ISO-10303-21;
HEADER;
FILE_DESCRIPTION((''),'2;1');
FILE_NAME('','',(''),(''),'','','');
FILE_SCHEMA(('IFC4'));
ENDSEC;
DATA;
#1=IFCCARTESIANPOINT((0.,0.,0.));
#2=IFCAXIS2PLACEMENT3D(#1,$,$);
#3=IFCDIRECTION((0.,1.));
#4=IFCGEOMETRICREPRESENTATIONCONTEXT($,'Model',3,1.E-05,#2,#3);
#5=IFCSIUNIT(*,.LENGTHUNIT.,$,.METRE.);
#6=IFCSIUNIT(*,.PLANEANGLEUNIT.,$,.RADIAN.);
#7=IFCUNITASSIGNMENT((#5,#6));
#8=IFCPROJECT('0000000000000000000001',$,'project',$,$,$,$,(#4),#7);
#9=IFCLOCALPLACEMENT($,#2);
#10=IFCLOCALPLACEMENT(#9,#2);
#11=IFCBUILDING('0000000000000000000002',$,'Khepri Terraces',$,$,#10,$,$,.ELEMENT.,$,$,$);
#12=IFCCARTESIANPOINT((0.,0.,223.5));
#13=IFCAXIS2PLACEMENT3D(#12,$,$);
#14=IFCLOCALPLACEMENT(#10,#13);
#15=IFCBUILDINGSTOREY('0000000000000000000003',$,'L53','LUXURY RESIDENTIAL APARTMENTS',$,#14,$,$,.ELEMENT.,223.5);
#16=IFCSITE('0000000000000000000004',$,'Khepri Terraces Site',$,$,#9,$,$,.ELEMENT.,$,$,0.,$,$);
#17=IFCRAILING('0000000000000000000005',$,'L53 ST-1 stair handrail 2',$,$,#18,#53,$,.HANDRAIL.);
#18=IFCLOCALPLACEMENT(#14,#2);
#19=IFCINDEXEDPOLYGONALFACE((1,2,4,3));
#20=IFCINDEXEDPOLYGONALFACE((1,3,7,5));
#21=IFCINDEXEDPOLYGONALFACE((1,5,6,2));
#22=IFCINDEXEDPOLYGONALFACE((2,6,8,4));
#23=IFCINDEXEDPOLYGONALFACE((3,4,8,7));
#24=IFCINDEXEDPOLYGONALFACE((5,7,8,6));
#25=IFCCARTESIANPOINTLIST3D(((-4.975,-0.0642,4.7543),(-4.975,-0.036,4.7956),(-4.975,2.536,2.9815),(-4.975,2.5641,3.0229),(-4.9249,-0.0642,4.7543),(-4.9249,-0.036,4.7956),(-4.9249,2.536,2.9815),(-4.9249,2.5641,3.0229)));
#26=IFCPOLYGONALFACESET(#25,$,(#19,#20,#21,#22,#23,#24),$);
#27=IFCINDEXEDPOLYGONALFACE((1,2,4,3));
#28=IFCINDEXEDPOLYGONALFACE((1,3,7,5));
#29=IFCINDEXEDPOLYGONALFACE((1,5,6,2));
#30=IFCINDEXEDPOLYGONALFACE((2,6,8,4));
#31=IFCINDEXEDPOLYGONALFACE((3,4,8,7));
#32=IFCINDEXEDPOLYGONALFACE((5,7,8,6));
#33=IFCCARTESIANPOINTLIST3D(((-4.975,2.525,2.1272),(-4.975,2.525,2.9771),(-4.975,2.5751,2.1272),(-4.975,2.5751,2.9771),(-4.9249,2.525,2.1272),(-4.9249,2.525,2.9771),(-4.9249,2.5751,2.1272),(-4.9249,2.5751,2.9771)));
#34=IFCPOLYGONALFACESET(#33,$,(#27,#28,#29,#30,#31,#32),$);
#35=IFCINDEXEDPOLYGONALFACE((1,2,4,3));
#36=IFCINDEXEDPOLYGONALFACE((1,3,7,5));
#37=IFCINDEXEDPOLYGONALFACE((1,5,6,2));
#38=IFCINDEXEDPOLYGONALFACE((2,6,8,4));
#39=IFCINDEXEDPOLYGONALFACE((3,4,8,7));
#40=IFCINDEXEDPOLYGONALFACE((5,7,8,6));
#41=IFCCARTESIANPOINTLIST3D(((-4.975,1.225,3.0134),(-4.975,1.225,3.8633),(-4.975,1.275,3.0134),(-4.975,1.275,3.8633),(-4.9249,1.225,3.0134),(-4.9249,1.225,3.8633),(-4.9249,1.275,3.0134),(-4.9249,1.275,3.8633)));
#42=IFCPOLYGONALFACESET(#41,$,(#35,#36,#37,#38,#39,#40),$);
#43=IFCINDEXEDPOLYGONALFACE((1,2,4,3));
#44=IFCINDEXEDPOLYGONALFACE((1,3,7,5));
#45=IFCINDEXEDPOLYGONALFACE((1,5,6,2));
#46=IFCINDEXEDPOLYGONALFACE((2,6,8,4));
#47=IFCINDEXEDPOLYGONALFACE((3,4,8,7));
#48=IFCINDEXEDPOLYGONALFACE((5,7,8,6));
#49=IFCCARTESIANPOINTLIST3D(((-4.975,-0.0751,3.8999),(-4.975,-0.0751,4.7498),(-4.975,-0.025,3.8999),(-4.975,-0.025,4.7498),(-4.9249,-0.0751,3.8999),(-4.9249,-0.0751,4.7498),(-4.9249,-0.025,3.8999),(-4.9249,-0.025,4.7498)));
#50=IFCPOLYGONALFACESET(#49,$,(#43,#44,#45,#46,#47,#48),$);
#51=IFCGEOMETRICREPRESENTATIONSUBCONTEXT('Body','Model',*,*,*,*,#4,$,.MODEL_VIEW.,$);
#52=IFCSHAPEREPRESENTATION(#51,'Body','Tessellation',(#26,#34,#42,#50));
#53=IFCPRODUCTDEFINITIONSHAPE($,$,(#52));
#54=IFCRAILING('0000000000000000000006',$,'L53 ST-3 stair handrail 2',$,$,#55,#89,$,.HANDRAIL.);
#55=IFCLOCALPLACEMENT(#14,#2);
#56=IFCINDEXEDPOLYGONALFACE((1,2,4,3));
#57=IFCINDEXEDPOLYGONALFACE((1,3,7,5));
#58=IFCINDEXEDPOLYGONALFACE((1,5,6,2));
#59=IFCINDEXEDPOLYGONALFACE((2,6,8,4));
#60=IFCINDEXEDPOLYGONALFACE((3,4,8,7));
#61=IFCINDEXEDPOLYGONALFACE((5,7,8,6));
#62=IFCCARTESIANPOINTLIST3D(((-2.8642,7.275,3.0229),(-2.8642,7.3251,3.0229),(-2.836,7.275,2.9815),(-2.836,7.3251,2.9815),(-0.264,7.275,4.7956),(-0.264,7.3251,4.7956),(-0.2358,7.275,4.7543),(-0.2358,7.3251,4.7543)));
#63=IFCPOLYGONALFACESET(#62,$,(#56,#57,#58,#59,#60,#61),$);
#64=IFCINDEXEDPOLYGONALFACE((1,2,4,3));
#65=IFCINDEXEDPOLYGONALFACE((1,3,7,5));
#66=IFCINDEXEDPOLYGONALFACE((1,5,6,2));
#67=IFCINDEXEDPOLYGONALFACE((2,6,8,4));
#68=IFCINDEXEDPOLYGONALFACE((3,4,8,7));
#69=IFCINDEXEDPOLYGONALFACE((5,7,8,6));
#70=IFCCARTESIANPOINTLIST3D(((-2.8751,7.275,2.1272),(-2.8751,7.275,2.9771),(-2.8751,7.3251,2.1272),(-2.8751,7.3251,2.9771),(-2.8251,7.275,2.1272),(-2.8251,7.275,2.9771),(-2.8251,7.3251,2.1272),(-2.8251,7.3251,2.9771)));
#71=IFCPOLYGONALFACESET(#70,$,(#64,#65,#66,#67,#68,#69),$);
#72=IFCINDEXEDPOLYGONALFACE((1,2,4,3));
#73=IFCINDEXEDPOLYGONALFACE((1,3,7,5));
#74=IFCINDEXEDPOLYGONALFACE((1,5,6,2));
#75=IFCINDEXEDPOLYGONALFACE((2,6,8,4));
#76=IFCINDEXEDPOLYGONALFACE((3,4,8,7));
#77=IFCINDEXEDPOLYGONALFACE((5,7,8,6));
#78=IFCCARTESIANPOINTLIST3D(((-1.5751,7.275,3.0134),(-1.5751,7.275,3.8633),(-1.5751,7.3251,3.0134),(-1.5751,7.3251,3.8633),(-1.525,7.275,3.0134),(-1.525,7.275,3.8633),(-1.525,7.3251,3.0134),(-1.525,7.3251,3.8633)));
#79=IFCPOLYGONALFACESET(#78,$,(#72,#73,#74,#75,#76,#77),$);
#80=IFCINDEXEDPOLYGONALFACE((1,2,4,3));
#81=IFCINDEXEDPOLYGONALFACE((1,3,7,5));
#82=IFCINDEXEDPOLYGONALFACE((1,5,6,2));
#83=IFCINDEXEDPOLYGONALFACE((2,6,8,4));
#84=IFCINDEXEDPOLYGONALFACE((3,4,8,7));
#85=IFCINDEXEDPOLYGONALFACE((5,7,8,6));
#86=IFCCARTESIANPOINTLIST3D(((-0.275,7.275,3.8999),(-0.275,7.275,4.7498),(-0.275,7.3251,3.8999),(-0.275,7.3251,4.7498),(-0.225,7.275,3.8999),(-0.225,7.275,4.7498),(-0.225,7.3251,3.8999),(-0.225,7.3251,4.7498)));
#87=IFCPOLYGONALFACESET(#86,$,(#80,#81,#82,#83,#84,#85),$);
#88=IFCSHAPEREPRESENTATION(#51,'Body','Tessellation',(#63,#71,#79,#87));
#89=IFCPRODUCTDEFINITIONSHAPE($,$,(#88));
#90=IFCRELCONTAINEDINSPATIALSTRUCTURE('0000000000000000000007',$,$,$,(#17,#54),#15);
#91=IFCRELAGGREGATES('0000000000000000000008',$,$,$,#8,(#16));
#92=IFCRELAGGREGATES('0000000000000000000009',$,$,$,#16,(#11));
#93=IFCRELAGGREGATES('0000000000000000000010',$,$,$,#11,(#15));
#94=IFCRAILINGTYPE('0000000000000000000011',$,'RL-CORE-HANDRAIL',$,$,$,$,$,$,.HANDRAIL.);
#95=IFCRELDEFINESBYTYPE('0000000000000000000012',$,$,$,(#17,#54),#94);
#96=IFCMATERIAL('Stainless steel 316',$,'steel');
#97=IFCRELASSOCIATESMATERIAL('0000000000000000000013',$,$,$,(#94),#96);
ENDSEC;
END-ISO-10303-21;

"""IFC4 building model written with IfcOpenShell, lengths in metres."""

from ifc_helpers import new_model, si_unit, direction, frame, origin, origin_2d, place, context, subcontext, project, spatial, rectangle, extrude, material, type_object, element, save


model = new_model("IFC4")

# Units and contexts
model_context = context("Model", 3, precision=1e-05, world=origin(), true_north=direction((0.0, 1.0)))
body_context = subcontext(model_context, "Body", "Model", "MODEL_VIEW")
ifc_project = project(units=[si_unit("LENGTHUNIT", "METRE"), si_unit("PLANEANGLEUNIT", "RADIAN")], contexts=[model_context])

# Site, building, storey
site_placement = place(None, origin())
site = spatial("IfcSite", under=ifc_project, at=site_placement, Name="Khepri Terraces Site", CompositionType="ELEMENT", RefElevation=0.0)
building_placement = place(site_placement, origin())
building = spatial("IfcBuilding", under=site, at=building_placement, Name="Khepri Terraces", CompositionType="ELEMENT")
storey_placement = place(building_placement, frame((0.0, 0.0, 223.5)))
storey = spatial("IfcBuildingStorey", under=building, at=storey_placement, Name="L53", Description="LUXURY RESIDENTIAL APARTMENTS", CompositionType="ELEMENT", Elevation=223.5)

# Railings
ifc_material_1 = material(Name="Stainless steel 316", Category="steel")
railing_type_1 = type_object("IfcRailingType", Name="RL-CORE-HANDRAIL", PredefinedType="HANDRAIL", material=ifc_material_1)
railing_1_placement = place(storey_placement, frame((-4.95, 2.55, 2.1272)))
element("IfcRailing", 1, at=railing_1_placement, inside=storey, type_object=railing_type_1, Name="L53 ST-1 stair handrail 2", PredefinedType="HANDRAIL", context=body_context, shape_type="SweptSolid", body=[
    extrude(rectangle(XDim=0.05, YDim=0.05, at=origin_2d()), frame((0.0, 0.0, 0.875), z_axis=(0.0, -0.82624, 0.563318), x_axis=(1.0, 0.0, 0.0)), (0.0, 0.0, 1.0), 3.147),
    extrude(rectangle(XDim=0.05, YDim=0.05, at=origin_2d()), origin(), (0.0, 0.0, 1.0), 0.8499),
    extrude(rectangle(XDim=0.05, YDim=0.05, at=origin_2d()), frame((0.0, -1.3, 0.8862)), (0.0, 0.0, 1.0), 0.8499),
    extrude(rectangle(XDim=0.05, YDim=0.05, at=origin_2d()), frame((0.0, -2.6001, 1.7727)), (0.0, 0.0, 1.0), 0.8499),
])
railing_2_placement = place(storey_placement, frame((-2.8501, 7.3, 2.1272)))
element("IfcRailing", 2, at=railing_2_placement, inside=storey, type_object=railing_type_1, Name="L53 ST-3 stair handrail 2", PredefinedType="HANDRAIL", context=body_context, shape_type="SweptSolid", body=[
    extrude(rectangle(XDim=0.05, YDim=0.05, at=origin_2d()), frame((0.0, 0.0, 0.875), z_axis=(0.82624, 0.0, 0.563318), x_axis=(0.0, 1.0, 0.0)), (0.0, 0.0, 1.0), 3.147),
    extrude(rectangle(XDim=0.05, YDim=0.05, at=origin_2d()), origin(), (0.0, 0.0, 1.0), 0.8499),
    extrude(rectangle(XDim=0.05, YDim=0.05, at=origin_2d()), frame((1.3, 0.0, 0.8862)), (0.0, 0.0, 1.0), 0.8499),
    extrude(rectangle(XDim=0.05, YDim=0.05, at=origin_2d()), frame((2.6001, 0.0, 1.7727)), (0.0, 0.0, 1.0), 0.8499),
])

save(model, "model.ifc")
